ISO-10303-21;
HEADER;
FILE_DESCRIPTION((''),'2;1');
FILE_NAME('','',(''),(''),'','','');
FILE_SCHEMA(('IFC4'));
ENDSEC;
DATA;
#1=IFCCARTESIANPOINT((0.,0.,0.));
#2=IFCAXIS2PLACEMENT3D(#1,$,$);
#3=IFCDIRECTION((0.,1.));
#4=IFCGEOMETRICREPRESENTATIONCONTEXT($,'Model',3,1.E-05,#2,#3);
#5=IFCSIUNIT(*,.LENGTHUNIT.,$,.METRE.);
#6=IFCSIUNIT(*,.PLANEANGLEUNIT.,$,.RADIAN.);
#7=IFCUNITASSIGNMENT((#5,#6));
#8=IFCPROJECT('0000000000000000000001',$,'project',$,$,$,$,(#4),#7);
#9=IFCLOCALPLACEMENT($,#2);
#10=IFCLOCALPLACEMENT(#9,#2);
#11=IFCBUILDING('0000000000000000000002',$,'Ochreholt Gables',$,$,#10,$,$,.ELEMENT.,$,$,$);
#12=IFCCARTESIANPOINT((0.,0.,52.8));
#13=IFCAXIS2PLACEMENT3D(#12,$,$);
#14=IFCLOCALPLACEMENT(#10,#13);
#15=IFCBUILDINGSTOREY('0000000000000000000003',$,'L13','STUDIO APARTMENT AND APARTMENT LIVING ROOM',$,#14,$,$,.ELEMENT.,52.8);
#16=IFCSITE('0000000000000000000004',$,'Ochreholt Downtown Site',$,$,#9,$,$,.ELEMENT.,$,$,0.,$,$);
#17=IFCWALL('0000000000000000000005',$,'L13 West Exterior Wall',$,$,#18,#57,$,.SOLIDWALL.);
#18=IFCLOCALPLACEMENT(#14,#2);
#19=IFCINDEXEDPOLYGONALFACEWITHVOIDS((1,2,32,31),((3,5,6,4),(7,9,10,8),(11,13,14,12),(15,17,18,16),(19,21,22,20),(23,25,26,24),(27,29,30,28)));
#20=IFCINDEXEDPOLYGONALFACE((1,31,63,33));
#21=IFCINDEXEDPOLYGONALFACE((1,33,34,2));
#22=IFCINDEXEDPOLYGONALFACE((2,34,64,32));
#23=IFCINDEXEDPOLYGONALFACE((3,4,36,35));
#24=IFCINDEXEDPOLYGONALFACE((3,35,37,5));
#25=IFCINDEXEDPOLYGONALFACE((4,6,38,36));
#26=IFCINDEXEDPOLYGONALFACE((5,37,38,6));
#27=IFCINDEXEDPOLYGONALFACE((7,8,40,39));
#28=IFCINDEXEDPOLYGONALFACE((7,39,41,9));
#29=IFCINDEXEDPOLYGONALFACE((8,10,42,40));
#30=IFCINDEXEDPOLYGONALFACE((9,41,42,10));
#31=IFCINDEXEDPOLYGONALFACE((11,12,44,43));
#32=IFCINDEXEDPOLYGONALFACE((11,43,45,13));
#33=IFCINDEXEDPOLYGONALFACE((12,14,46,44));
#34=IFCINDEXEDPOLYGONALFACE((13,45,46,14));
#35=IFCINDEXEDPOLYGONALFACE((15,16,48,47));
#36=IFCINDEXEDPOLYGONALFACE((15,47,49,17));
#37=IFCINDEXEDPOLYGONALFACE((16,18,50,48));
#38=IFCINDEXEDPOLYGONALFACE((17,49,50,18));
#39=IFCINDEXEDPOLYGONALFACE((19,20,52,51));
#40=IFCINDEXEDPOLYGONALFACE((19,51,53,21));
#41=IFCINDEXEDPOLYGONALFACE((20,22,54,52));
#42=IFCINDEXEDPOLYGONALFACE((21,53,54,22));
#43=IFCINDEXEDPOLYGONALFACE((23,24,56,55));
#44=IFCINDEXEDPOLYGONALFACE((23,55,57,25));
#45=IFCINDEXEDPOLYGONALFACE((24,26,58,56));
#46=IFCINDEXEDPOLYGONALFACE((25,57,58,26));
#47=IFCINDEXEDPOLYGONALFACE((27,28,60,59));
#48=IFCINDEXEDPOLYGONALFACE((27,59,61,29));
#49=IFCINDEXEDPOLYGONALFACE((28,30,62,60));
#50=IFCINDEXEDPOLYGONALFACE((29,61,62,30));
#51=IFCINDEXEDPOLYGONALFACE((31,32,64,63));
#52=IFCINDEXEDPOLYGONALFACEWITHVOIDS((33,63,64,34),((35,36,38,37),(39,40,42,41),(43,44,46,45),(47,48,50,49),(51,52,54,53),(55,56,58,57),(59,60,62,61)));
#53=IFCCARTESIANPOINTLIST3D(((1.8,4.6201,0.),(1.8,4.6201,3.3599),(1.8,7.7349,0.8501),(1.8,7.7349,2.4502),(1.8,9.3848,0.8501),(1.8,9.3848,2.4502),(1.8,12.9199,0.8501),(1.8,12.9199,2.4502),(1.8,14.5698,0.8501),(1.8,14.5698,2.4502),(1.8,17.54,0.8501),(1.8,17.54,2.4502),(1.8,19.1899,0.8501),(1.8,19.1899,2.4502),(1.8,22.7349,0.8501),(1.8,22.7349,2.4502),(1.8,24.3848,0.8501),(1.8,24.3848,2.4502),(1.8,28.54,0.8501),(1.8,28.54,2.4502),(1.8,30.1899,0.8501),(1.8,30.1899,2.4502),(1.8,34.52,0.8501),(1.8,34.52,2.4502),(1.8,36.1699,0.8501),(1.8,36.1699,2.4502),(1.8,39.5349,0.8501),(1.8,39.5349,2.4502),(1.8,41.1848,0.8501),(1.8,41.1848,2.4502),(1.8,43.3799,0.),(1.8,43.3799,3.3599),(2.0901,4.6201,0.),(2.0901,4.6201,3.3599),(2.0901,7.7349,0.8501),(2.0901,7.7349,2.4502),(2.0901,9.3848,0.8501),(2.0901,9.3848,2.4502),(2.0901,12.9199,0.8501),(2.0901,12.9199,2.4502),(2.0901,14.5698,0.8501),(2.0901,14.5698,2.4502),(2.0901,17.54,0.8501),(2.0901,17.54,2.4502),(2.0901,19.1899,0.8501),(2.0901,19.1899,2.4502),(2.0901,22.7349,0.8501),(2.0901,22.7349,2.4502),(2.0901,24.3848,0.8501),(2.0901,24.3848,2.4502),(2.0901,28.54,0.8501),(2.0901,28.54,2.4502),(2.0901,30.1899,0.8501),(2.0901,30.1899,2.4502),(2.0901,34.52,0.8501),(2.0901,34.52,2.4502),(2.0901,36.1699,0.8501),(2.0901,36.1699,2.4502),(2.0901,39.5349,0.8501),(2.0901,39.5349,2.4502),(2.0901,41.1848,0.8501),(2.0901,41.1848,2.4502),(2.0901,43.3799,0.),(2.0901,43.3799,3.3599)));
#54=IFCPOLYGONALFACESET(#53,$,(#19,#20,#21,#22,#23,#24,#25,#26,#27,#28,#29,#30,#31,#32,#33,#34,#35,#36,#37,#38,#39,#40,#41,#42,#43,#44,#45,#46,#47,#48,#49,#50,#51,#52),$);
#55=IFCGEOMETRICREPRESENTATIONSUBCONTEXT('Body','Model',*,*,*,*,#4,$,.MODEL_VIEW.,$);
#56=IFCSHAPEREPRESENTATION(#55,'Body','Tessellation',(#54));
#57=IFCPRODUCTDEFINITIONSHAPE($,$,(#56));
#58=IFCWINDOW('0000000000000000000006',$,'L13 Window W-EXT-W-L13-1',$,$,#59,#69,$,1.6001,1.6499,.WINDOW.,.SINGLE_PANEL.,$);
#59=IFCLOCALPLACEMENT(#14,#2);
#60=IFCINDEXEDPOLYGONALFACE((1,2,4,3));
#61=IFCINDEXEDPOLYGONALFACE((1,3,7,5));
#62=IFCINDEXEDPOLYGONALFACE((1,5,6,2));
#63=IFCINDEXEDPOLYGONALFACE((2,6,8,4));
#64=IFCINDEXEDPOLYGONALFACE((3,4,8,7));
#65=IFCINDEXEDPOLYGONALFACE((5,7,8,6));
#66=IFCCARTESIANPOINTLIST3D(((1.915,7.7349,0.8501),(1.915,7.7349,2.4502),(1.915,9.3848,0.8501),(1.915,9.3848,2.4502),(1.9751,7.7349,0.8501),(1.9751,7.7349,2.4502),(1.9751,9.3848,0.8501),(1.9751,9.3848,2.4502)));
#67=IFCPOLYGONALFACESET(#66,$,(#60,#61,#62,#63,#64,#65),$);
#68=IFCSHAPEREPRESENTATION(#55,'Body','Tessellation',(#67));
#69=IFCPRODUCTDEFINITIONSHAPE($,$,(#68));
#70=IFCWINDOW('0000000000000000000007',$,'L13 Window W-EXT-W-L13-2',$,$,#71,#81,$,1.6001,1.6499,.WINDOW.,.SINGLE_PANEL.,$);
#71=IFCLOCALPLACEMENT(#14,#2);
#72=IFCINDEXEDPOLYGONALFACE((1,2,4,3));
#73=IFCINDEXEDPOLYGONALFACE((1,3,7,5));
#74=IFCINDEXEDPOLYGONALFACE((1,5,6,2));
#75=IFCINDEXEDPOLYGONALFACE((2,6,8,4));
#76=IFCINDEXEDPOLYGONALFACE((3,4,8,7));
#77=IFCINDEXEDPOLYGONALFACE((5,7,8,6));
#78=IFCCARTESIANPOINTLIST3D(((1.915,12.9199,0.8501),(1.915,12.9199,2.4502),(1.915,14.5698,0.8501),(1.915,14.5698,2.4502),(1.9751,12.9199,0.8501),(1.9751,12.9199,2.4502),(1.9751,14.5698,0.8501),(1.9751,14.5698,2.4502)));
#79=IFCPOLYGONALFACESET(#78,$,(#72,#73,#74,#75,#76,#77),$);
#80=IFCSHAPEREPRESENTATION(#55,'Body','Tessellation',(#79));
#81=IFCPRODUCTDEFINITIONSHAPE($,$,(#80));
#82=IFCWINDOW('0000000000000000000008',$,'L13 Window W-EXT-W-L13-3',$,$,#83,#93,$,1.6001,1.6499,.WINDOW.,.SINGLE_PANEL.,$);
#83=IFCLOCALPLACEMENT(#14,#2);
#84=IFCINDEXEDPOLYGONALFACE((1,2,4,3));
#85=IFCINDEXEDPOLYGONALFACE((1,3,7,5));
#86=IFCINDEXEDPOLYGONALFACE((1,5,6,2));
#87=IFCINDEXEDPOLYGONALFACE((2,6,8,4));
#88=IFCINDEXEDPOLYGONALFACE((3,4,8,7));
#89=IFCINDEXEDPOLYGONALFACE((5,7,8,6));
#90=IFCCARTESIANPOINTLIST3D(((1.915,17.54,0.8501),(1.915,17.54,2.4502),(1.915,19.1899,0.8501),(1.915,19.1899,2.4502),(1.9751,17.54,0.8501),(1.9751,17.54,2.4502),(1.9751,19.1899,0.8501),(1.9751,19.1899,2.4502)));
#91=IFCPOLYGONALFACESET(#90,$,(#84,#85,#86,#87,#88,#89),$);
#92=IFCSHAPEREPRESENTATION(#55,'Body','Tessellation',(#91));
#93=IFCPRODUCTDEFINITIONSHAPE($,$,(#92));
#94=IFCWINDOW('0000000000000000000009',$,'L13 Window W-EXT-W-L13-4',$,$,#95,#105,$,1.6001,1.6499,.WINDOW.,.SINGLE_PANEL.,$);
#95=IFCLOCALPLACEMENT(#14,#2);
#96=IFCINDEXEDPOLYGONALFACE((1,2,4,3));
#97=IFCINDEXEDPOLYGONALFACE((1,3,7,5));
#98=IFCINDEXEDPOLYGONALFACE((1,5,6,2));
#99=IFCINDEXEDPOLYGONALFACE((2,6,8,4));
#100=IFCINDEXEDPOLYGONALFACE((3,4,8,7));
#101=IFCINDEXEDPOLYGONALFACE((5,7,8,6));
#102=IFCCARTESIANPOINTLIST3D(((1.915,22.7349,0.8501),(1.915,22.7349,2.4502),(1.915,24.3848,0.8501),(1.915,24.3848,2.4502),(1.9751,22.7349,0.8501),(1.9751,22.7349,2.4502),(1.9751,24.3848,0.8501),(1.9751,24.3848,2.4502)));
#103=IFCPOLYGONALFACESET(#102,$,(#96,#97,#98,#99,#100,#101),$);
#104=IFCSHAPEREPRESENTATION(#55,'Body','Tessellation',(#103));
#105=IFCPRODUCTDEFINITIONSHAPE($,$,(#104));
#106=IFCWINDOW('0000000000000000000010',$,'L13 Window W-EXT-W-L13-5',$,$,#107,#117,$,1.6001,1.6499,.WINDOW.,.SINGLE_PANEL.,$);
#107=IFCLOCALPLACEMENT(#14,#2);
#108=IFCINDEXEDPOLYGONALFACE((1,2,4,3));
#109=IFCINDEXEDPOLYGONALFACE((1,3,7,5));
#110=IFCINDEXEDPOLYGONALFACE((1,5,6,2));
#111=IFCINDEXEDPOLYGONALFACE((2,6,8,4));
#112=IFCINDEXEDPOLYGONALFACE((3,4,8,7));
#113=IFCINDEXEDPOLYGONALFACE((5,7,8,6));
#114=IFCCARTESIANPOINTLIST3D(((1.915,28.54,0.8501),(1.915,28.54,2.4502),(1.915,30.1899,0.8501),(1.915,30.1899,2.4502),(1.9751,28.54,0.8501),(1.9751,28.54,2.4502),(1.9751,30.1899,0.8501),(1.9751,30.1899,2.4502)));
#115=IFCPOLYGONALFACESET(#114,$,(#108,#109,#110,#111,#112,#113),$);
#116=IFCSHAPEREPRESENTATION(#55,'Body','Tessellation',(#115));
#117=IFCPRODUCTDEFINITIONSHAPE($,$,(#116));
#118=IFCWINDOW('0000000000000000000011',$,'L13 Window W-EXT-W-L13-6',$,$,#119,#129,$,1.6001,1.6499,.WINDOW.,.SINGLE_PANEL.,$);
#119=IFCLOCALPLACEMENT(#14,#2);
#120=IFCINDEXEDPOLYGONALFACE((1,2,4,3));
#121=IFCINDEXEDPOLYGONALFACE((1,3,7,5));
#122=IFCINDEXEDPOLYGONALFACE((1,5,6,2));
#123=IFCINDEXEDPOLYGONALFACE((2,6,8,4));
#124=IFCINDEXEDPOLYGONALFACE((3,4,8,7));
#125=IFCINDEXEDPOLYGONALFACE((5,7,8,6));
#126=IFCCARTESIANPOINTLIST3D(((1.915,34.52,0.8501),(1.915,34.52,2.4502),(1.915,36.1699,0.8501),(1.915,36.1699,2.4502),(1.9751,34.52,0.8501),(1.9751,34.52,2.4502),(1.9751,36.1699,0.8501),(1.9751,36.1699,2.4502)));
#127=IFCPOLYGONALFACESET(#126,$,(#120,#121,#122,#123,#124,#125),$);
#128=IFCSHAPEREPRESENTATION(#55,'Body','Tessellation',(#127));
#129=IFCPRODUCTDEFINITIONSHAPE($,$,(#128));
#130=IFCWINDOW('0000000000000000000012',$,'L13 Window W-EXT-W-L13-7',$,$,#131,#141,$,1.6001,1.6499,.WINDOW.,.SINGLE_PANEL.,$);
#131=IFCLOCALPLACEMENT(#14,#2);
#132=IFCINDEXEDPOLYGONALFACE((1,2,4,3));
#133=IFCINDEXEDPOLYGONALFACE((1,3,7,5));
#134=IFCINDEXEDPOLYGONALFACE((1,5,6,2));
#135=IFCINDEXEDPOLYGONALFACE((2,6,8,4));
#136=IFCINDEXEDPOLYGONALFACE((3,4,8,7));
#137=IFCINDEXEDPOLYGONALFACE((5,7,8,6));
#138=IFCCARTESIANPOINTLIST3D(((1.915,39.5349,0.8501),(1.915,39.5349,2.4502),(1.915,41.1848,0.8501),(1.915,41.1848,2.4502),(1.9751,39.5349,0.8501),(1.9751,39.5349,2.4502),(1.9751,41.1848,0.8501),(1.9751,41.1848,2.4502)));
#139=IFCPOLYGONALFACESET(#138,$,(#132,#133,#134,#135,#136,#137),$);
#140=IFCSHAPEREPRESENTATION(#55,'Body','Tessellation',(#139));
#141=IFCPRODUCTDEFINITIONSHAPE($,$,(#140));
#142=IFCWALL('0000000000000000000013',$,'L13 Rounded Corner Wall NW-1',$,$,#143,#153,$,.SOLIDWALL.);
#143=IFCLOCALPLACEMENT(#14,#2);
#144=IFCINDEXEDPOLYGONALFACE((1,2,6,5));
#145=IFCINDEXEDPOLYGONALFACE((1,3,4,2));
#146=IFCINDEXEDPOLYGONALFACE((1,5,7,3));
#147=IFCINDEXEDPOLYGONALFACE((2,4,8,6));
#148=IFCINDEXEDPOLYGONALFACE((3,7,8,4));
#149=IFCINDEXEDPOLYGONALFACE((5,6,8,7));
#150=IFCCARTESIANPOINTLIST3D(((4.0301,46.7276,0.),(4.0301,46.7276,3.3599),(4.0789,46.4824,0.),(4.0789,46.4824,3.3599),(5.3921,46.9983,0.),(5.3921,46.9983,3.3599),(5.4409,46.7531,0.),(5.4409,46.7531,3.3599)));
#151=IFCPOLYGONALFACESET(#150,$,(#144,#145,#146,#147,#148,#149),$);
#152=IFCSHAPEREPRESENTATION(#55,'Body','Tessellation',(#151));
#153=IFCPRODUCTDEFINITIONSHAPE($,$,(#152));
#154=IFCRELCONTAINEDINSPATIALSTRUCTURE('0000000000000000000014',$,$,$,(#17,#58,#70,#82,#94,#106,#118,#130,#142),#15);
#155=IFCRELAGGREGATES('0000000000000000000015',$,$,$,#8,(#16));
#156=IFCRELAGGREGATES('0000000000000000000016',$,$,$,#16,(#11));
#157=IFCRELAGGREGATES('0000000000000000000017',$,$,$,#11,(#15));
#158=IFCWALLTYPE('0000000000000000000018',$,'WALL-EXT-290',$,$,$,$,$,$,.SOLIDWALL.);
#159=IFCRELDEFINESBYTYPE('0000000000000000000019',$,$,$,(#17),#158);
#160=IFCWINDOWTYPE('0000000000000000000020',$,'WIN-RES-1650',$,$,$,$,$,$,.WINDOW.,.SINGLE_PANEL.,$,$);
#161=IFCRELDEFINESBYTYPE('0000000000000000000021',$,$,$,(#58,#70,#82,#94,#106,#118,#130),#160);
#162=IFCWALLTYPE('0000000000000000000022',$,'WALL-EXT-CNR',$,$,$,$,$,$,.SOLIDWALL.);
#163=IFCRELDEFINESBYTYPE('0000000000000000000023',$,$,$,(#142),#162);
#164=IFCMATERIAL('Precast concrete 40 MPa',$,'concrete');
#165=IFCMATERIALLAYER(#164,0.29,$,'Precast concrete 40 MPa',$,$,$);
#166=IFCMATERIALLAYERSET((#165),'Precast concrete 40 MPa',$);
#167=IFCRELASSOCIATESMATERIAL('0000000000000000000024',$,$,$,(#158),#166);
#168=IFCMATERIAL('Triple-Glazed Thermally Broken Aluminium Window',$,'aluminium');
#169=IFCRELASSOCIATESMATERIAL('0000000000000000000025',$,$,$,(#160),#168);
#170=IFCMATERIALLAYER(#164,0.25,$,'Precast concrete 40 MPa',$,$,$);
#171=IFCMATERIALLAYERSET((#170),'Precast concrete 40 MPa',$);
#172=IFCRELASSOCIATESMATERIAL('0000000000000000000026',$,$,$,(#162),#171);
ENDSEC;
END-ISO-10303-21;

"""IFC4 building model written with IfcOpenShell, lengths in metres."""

from ifc_helpers import new_model, si_unit, direction, frame, frame_2d, origin, place, context, subcontext, project, spatial, rectangle, extrude, material, layer, layer_set, type_object, element, fill, save


model = new_model("IFC4")

# Units and contexts
model_context = context("Model", 3, precision=1e-05, world=origin(), true_north=direction((0.0, 1.0)))
body_context = subcontext(model_context, "Body", "Model", "MODEL_VIEW")
ifc_project = project(units=[si_unit("LENGTHUNIT", "METRE"), si_unit("PLANEANGLEUNIT", "RADIAN")], contexts=[model_context])

# Site, building, storey
site_placement = place(None, origin())
site = spatial("IfcSite", under=ifc_project, at=site_placement, Name="Ochreholt Downtown Site", CompositionType="ELEMENT", RefElevation=0.0)
building_placement = place(site_placement, origin())
building = spatial("IfcBuilding", under=site, at=building_placement, Name="Ochreholt Gables", CompositionType="ELEMENT")
storey_placement = place(building_placement, frame((0.0, 0.0, 52.8)))
storey = spatial("IfcBuildingStorey", under=building, at=storey_placement, Name="L13", Description="STUDIO APARTMENT AND APARTMENT LIVING ROOM", CompositionType="ELEMENT", Elevation=52.8)

# Wall, openings, windows
ifc_material_1 = material(Name="Precast concrete 40 MPa", Category="concrete")
ifc_layer_1 = layer(ifc_material_1, 0.29, Name="Precast concrete 40 MPa")
ifc_layer_set_1 = layer_set([ifc_layer_1], Name="Precast concrete 40 MPa")
wall_type_1 = type_object("IfcWallType", Name="WALL-EXT-290", PredefinedType="SOLIDWALL", material=ifc_layer_set_1)
wall_1_placement = place(storey_placement, frame((1.9451, 43.3799, 0.0), z_axis=(0.0, 0.0, 1.0), x_axis=(0.0, -1.0, 0.0)))
wall_1 = element("IfcWall", 1, at=wall_1_placement, inside=storey, type_object=wall_type_1, Name="L13 West Exterior Wall", PredefinedType="SOLIDWALL", context=body_context, shape_type="SweptSolid", body=[
    extrude(rectangle(XDim=38.7598, YDim=0.29, at=frame_2d((19.3799, 0.0))), origin(), (0.0, 0.0, 1.0), 3.3599),
])
opening_1_placement = place(wall_1_placement, frame((33.9951, 0.0, 0.8501)))
opening_1 = element("IfcOpeningElement", 2, at=opening_1_placement, cuts=wall_1, PredefinedType="OPENING", context=body_context, shape_type="SweptSolid", body=[
    extrude(rectangle(XDim=1.6499, YDim=1.6001, at=frame_2d((0.825, 0.8))), frame((0.0, 0.155, 0.0), z_axis=(0.0, -1.0, 0.0), x_axis=(1.0, 0.0, 0.0)), (0.0, 0.0, 1.0), 0.3101),
])
opening_2_placement = place(wall_1_placement, frame((28.8101, 0.0, 0.8501)))
opening_2 = element("IfcOpeningElement", 3, at=opening_2_placement, cuts=wall_1, PredefinedType="OPENING", context=body_context, shape_type="SweptSolid", body=[
    extrude(rectangle(XDim=1.6499, YDim=1.6001, at=frame_2d((0.825, 0.8))), frame((0.0, 0.155, 0.0), z_axis=(0.0, -1.0, 0.0), x_axis=(1.0, 0.0, 0.0)), (0.0, 0.0, 1.0), 0.3101),
])
opening_3_placement = place(wall_1_placement, frame((24.1899, 0.0, 0.8501)))
opening_3 = element("IfcOpeningElement", 4, at=opening_3_placement, cuts=wall_1, PredefinedType="OPENING", context=body_context, shape_type="SweptSolid", body=[
    extrude(rectangle(XDim=1.6499, YDim=1.6001, at=frame_2d((0.825, 0.8))), frame((0.0, 0.155, 0.0), z_axis=(0.0, -1.0, 0.0), x_axis=(1.0, 0.0, 0.0)), (0.0, 0.0, 1.0), 0.3101),
])
opening_4_placement = place(wall_1_placement, frame((18.9951, 0.0, 0.8501)))
opening_4 = element("IfcOpeningElement", 5, at=opening_4_placement, cuts=wall_1, PredefinedType="OPENING", context=body_context, shape_type="SweptSolid", body=[
    extrude(rectangle(XDim=1.6499, YDim=1.6001, at=frame_2d((0.825, 0.8))), frame((0.0, 0.155, 0.0), z_axis=(0.0, -1.0, 0.0), x_axis=(1.0, 0.0, 0.0)), (0.0, 0.0, 1.0), 0.3101),
])
opening_5_placement = place(wall_1_placement, frame((13.1899, 0.0, 0.8501)))
opening_5 = element("IfcOpeningElement", 6, at=opening_5_placement, cuts=wall_1, PredefinedType="OPENING", context=body_context, shape_type="SweptSolid", body=[
    extrude(rectangle(XDim=1.6499, YDim=1.6001, at=frame_2d((0.825, 0.8))), frame((0.0, 0.155, 0.0), z_axis=(0.0, -1.0, 0.0), x_axis=(1.0, 0.0, 0.0)), (0.0, 0.0, 1.0), 0.3101),
])
opening_6_placement = place(wall_1_placement, frame((7.21, 0.0, 0.8501)))
opening_6 = element("IfcOpeningElement", 7, at=opening_6_placement, cuts=wall_1, PredefinedType="OPENING", context=body_context, shape_type="SweptSolid", body=[
    extrude(rectangle(XDim=1.6499, YDim=1.6001, at=frame_2d((0.825, 0.8))), frame((0.0, 0.155, 0.0), z_axis=(0.0, -1.0, 0.0), x_axis=(1.0, 0.0, 0.0)), (0.0, 0.0, 1.0), 0.3101),
])
opening_7_placement = place(wall_1_placement, frame((2.1951, 0.0, 0.8501)))
opening_7 = element("IfcOpeningElement", 8, at=opening_7_placement, cuts=wall_1, PredefinedType="OPENING", context=body_context, shape_type="SweptSolid", body=[
    extrude(rectangle(XDim=1.6499, YDim=1.6001, at=frame_2d((0.825, 0.8))), frame((0.0, 0.155, 0.0), z_axis=(0.0, -1.0, 0.0), x_axis=(1.0, 0.0, 0.0)), (0.0, 0.0, 1.0), 0.3101),
])
ifc_material_2 = material(Name="Triple-Glazed Thermally Broken Aluminium Window", Category="aluminium")
window_type_1 = type_object("IfcWindowType", Name="WIN-RES-1650", PartitioningType="SINGLE_PANEL", PredefinedType="WINDOW", material=ifc_material_2)
window_1_placement = place(opening_1_placement, origin())
window_1 = element("IfcWindow", 9, at=window_1_placement, inside=storey, type_object=window_type_1, Name="L13 Window W-EXT-W-L13-1", OverallHeight=1.6001, OverallWidth=1.6499, PartitioningType="SINGLE_PANEL", PredefinedType="WINDOW", context=body_context, shape_type="SweptSolid", body=[
    extrude(rectangle(XDim=1.6499, YDim=1.6001, at=frame_2d((0.825, 0.8))), frame((0.0, 0.03, 0.0), z_axis=(0.0, -1.0, 0.0), x_axis=(1.0, 0.0, 0.0)), (0.0, 0.0, 1.0), 0.0601),
])
fill(opening_1, window_1)
window_2_placement = place(opening_2_placement, origin())
window_2 = element("IfcWindow", 10, at=window_2_placement, inside=storey, type_object=window_type_1, Name="L13 Window W-EXT-W-L13-2", OverallHeight=1.6001, OverallWidth=1.6499, PartitioningType="SINGLE_PANEL", PredefinedType="WINDOW", context=body_context, shape_type="SweptSolid", body=[
    extrude(rectangle(XDim=1.6499, YDim=1.6001, at=frame_2d((0.825, 0.8))), frame((0.0, 0.03, 0.0), z_axis=(0.0, -1.0, 0.0), x_axis=(1.0, 0.0, 0.0)), (0.0, 0.0, 1.0), 0.0601),
])
fill(opening_2, window_2)
window_3_placement = place(opening_3_placement, origin())
window_3 = element("IfcWindow", 11, at=window_3_placement, inside=storey, type_object=window_type_1, Name="L13 Window W-EXT-W-L13-3", OverallHeight=1.6001, OverallWidth=1.6499, PartitioningType="SINGLE_PANEL", PredefinedType="WINDOW", context=body_context, shape_type="SweptSolid", body=[
    extrude(rectangle(XDim=1.6499, YDim=1.6001, at=frame_2d((0.825, 0.8))), frame((0.0, 0.03, 0.0), z_axis=(0.0, -1.0, 0.0), x_axis=(1.0, 0.0, 0.0)), (0.0, 0.0, 1.0), 0.0601),
])
fill(opening_3, window_3)
window_4_placement = place(opening_4_placement, origin())
window_4 = element("IfcWindow", 12, at=window_4_placement, inside=storey, type_object=window_type_1, Name="L13 Window W-EXT-W-L13-4", OverallHeight=1.6001, OverallWidth=1.6499, PartitioningType="SINGLE_PANEL", PredefinedType="WINDOW", context=body_context, shape_type="SweptSolid", body=[
    extrude(rectangle(XDim=1.6499, YDim=1.6001, at=frame_2d((0.825, 0.8))), frame((0.0, 0.03, 0.0), z_axis=(0.0, -1.0, 0.0), x_axis=(1.0, 0.0, 0.0)), (0.0, 0.0, 1.0), 0.0601),
])
fill(opening_4, window_4)
window_5_placement = place(opening_5_placement, origin())
window_5 = element("IfcWindow", 13, at=window_5_placement, inside=storey, type_object=window_type_1, Name="L13 Window W-EXT-W-L13-5", OverallHeight=1.6001, OverallWidth=1.6499, PartitioningType="SINGLE_PANEL", PredefinedType="WINDOW", context=body_context, shape_type="SweptSolid", body=[
    extrude(rectangle(XDim=1.6499, YDim=1.6001, at=frame_2d((0.825, 0.8))), frame((0.0, 0.03, 0.0), z_axis=(0.0, -1.0, 0.0), x_axis=(1.0, 0.0, 0.0)), (0.0, 0.0, 1.0), 0.0601),
])
fill(opening_5, window_5)
window_6_placement = place(opening_6_placement, origin())
window_6 = element("IfcWindow", 14, at=window_6_placement, inside=storey, type_object=window_type_1, Name="L13 Window W-EXT-W-L13-6", OverallHeight=1.6001, OverallWidth=1.6499, PartitioningType="SINGLE_PANEL", PredefinedType="WINDOW", context=body_context, shape_type="SweptSolid", body=[
    extrude(rectangle(XDim=1.6499, YDim=1.6001, at=frame_2d((0.825, 0.8))), frame((0.0, 0.03, 0.0), z_axis=(0.0, -1.0, 0.0), x_axis=(1.0, 0.0, 0.0)), (0.0, 0.0, 1.0), 0.0601),
])
fill(opening_6, window_6)
window_7_placement = place(opening_7_placement, origin())
window_7 = element("IfcWindow", 15, at=window_7_placement, inside=storey, type_object=window_type_1, Name="L13 Window W-EXT-W-L13-7", OverallHeight=1.6001, OverallWidth=1.6499, PartitioningType="SINGLE_PANEL", PredefinedType="WINDOW", context=body_context, shape_type="SweptSolid", body=[
    extrude(rectangle(XDim=1.6499, YDim=1.6001, at=frame_2d((0.825, 0.8))), frame((0.0, 0.03, 0.0), z_axis=(0.0, -1.0, 0.0), x_axis=(1.0, 0.0, 0.0)), (0.0, 0.0, 1.0), 0.0601),
])
fill(opening_7, window_7)

# Wall
ifc_layer_2 = layer(ifc_material_1, 0.25, Name="Precast concrete 40 MPa")
ifc_layer_set_2 = layer_set([ifc_layer_2], Name="Precast concrete 40 MPa")
wall_type_2 = type_object("IfcWallType", Name="WALL-EXT-CNR", PredefinedType="SOLIDWALL", material=ifc_layer_set_2)
wall_2_placement = place(storey_placement, frame((5.4165, 46.8757, 0.0), z_axis=(0.0, 0.0, 1.0), x_axis=(-0.98081, -0.194967, 0.0)))
element("IfcWall", 16, at=wall_2_placement, inside=storey, type_object=wall_type_2, Name="L13 Rounded Corner Wall NW-1", PredefinedType="SOLIDWALL", context=body_context, shape_type="SweptSolid", body=[
    extrude(rectangle(XDim=1.3887, YDim=0.25, at=frame_2d((0.6943, 0.0))), origin(), (0.0, 0.0, 1.0), 3.3599),
])

save(model, "model.ifc")
